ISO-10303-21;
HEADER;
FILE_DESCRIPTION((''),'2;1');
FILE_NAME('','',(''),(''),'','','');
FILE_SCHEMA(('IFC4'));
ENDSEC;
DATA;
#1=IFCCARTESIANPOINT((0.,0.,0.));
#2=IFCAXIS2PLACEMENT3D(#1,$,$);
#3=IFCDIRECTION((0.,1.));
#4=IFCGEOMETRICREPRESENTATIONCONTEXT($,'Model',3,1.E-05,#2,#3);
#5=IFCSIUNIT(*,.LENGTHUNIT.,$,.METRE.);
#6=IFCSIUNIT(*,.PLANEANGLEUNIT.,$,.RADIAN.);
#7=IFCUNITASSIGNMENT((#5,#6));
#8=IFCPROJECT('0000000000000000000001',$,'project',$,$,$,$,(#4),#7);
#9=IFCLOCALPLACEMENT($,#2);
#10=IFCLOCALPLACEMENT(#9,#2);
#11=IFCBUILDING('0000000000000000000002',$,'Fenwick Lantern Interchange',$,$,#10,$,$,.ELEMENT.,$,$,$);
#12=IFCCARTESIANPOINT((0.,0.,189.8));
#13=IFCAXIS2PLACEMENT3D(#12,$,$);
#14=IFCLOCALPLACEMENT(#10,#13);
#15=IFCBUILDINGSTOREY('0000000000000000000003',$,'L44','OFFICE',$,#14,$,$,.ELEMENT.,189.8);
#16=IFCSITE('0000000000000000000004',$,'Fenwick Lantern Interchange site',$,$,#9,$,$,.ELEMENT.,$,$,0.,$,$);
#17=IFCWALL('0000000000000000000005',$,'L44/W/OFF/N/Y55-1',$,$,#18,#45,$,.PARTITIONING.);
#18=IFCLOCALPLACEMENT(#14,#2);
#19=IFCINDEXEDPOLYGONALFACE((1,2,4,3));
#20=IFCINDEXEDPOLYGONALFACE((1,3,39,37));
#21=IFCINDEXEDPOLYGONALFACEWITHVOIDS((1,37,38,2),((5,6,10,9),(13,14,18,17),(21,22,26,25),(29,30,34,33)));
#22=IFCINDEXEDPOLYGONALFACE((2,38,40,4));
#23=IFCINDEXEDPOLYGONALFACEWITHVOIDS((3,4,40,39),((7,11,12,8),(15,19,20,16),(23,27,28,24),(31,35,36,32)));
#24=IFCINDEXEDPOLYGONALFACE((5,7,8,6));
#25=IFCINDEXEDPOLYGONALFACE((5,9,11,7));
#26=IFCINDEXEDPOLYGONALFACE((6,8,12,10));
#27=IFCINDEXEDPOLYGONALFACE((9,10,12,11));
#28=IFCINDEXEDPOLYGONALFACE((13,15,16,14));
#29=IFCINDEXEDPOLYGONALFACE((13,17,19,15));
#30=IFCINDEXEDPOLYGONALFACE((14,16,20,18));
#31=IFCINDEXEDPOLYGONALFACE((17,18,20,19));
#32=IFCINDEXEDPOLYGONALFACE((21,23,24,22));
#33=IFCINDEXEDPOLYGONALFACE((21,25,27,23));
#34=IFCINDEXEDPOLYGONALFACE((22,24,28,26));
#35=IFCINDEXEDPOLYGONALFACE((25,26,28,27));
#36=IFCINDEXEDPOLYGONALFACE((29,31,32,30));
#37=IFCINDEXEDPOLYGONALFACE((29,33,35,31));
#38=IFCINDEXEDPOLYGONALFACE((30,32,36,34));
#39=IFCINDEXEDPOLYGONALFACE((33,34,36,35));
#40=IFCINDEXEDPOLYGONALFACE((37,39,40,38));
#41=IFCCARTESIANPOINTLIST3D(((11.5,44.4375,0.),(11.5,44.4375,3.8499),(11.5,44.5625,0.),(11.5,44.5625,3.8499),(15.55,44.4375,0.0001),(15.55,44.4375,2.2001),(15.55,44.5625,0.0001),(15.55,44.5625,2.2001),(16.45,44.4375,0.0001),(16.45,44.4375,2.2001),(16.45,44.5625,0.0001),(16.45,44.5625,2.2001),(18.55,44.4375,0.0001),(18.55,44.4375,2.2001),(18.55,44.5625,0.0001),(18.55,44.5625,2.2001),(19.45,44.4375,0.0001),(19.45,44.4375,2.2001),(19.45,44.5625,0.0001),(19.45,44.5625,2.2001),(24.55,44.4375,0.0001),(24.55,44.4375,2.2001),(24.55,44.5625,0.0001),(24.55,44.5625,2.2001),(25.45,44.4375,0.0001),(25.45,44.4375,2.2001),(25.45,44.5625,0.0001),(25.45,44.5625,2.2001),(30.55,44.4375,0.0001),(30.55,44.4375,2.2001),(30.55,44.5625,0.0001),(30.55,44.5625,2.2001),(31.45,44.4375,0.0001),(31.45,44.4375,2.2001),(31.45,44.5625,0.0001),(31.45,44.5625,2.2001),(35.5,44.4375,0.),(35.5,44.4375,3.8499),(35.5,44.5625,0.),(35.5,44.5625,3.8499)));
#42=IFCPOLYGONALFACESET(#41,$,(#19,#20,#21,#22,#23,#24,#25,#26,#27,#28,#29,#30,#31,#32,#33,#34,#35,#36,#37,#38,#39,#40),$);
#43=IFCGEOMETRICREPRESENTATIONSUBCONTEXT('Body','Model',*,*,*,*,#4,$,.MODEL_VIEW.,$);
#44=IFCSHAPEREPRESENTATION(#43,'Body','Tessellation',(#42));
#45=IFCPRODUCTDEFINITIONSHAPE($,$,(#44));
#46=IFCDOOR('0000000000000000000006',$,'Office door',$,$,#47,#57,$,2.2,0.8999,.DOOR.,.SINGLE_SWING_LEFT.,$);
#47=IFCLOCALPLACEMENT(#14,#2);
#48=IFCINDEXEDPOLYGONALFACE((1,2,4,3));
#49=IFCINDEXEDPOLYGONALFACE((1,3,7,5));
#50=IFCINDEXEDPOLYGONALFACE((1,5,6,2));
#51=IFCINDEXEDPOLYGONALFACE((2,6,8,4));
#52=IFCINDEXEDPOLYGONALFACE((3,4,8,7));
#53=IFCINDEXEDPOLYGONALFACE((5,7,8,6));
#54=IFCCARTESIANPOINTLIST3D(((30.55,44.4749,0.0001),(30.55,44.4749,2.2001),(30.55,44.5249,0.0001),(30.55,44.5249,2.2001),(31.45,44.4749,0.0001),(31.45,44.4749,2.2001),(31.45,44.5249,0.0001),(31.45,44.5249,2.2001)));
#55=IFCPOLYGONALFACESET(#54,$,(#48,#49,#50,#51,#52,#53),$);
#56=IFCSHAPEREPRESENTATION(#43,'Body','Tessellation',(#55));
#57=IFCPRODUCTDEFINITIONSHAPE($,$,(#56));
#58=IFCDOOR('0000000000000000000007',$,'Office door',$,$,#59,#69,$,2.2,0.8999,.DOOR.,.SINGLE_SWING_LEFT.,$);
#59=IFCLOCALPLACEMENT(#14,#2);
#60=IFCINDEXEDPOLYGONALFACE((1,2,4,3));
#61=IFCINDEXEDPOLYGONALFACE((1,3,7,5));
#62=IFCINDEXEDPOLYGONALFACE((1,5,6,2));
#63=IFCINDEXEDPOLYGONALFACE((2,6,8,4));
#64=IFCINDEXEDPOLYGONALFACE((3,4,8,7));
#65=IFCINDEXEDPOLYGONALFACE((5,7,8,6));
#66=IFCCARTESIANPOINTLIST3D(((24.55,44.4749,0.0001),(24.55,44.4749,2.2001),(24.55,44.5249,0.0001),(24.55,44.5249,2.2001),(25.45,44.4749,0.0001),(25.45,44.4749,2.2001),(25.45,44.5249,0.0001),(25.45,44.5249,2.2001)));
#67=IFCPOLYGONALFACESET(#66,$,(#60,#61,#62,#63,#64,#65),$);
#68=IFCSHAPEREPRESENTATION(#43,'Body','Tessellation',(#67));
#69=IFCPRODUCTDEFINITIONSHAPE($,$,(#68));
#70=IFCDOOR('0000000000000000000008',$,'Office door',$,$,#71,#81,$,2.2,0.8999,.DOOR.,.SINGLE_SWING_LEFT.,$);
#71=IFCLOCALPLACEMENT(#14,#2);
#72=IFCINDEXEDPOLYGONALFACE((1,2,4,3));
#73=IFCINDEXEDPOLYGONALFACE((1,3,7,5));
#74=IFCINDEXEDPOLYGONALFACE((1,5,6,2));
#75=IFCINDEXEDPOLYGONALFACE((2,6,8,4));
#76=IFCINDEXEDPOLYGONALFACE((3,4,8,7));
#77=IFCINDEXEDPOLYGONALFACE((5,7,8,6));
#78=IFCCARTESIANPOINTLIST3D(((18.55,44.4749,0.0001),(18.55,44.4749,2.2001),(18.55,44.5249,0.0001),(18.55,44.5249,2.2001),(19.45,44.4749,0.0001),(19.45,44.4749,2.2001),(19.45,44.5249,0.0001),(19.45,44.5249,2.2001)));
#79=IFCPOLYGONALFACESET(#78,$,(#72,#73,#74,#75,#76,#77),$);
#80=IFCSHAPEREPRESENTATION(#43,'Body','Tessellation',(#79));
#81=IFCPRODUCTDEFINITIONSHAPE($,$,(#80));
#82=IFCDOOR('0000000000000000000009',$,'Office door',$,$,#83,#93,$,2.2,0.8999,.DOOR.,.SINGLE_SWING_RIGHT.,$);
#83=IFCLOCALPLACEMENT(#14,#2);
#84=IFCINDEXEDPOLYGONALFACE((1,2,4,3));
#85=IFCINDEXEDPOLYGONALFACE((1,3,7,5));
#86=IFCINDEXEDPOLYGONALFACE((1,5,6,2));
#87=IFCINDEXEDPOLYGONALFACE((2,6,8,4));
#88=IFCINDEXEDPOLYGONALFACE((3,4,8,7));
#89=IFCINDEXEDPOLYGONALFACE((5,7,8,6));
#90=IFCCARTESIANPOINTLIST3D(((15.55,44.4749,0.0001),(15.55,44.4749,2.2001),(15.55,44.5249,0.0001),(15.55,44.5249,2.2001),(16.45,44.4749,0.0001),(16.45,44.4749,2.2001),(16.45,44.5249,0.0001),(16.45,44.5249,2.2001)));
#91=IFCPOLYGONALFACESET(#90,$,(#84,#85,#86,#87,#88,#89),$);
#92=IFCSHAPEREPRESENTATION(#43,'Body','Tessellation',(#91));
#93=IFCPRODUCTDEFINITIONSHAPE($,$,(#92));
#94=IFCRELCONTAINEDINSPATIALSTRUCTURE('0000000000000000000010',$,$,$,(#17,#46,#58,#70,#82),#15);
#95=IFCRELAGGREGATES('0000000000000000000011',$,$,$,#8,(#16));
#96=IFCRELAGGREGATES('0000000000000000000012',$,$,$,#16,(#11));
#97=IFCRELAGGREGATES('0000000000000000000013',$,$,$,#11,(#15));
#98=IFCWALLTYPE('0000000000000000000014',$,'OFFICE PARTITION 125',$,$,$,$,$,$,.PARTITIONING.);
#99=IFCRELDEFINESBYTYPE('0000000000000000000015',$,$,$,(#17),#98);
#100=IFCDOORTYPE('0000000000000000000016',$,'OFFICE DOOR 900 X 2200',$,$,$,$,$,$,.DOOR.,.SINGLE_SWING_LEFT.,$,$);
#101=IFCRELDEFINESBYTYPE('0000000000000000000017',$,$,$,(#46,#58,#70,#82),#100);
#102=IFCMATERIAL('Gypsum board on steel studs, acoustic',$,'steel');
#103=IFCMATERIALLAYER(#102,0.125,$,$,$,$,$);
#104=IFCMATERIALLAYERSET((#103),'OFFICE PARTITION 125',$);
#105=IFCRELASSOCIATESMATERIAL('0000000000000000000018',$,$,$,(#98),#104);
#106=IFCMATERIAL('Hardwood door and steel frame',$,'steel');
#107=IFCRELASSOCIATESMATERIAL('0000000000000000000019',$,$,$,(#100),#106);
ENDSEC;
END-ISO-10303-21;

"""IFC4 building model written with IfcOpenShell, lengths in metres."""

from ifc_helpers import new_model, si_unit, direction, frame, frame_2d, origin, place, context, subcontext, project, spatial, rectangle, extrude, material, layer, layer_set, type_object, element, fill, save


model = new_model("IFC4")

# Units and contexts
model_context = context("Model", 3, precision=1e-05, world=origin(), true_north=direction((0.0, 1.0)))
body_context = subcontext(model_context, "Body", "Model", "MODEL_VIEW")
ifc_project = project(units=[si_unit("LENGTHUNIT", "METRE"), si_unit("PLANEANGLEUNIT", "RADIAN")], contexts=[model_context])

# Site, building, storey
site_placement = place(None, origin())
site = spatial("IfcSite", under=ifc_project, at=site_placement, Name="Fenwick Lantern Interchange site", CompositionType="ELEMENT", RefElevation=0.0)
building_placement = place(site_placement, origin())
building = spatial("IfcBuilding", under=site, at=building_placement, Name="Fenwick Lantern Interchange", CompositionType="ELEMENT")
storey_placement = place(building_placement, frame((0.0, 0.0, 189.8)))
storey = spatial("IfcBuildingStorey", under=building, at=storey_placement, Name="L44", Description="OFFICE", CompositionType="ELEMENT", Elevation=189.8)

# Shared definitions
ifc_material_1 = material(Name="Gypsum board on steel studs, acoustic", Category="steel")
ifc_layer_1 = layer(ifc_material_1, 0.125)
ifc_layer_set_1 = layer_set([ifc_layer_1], Name="OFFICE PARTITION 125")
wall_type_1 = type_object("IfcWallType", Name="OFFICE PARTITION 125", PredefinedType="PARTITIONING", material=ifc_layer_set_1)
ifc_material_2 = material(Name="Hardwood door and steel frame", Category="steel")
door_type = type_object("IfcDoorType", Name="OFFICE DOOR 900 X 2200", OperationType="SINGLE_SWING_LEFT", PredefinedType="DOOR", material=ifc_material_2)

# Wall, openings, doors
wall_1_placement = place(storey_placement, frame((35.5, 44.5, 0.0), z_axis=(0.0, 0.0, 1.0), x_axis=(-1.0, 0.0, 0.0)))
wall_1 = element("IfcWall", 1, at=wall_1_placement, inside=storey, type_object=wall_type_1, Name="L44/W/OFF/N/Y55-1", PredefinedType="PARTITIONING", context=body_context, shape_type="SweptSolid", body=[
    extrude(rectangle(XDim=24.0, YDim=0.125, at=frame_2d((12.0, 0.0))), origin(), (0.0, 0.0, 1.0), 3.8499),
])
opening_1_placement = place(wall_1_placement, frame((4.05, 0.0, 0.0)))
opening_1 = element("IfcOpeningElement", 2, at=opening_1_placement, cuts=wall_1, PredefinedType="OPENING", context=body_context, shape_type="SweptSolid", body=[
    extrude(rectangle(XDim=0.8999, YDim=2.2, at=frame_2d((0.45, 1.1001))), frame((0.0, 0.0725, 0.0), z_axis=(0.0, -1.0, 0.0), x_axis=(1.0, 0.0, 0.0)), (0.0, 0.0, 1.0), 0.145),
])
opening_2_placement = place(wall_1_placement, frame((10.05, 0.0, 0.0)))
opening_2 = element("IfcOpeningElement", 3, at=opening_2_placement, cuts=wall_1, PredefinedType="OPENING", context=body_context, shape_type="SweptSolid", body=[
    extrude(rectangle(XDim=0.8999, YDim=2.2, at=frame_2d((0.45, 1.1001))), frame((0.0, 0.0725, 0.0), z_axis=(0.0, -1.0, 0.0), x_axis=(1.0, 0.0, 0.0)), (0.0, 0.0, 1.0), 0.145),
])
opening_3_placement = place(wall_1_placement, frame((16.05, 0.0, 0.0)))
opening_3 = element("IfcOpeningElement", 4, at=opening_3_placement, cuts=wall_1, PredefinedType="OPENING", context=body_context, shape_type="SweptSolid", body=[
    extrude(rectangle(XDim=0.8999, YDim=2.2, at=frame_2d((0.45, 1.1001))), frame((0.0, 0.0725, 0.0), z_axis=(0.0, -1.0, 0.0), x_axis=(1.0, 0.0, 0.0)), (0.0, 0.0, 1.0), 0.145),
])
opening_4_placement = place(wall_1_placement, frame((19.05, 0.0, 0.0)))
opening_4 = element("IfcOpeningElement", 5, at=opening_4_placement, cuts=wall_1, PredefinedType="OPENING", context=body_context, shape_type="SweptSolid", body=[
    extrude(rectangle(XDim=0.8999, YDim=2.2, at=frame_2d((0.45, 1.1001))), frame((0.0, 0.0725, 0.0), z_axis=(0.0, -1.0, 0.0), x_axis=(1.0, 0.0, 0.0)), (0.0, 0.0, 1.0), 0.145),
])
door_1_placement = place(opening_1_placement, frame((0.8999, 0.0, 0.0), z_axis=(0.0, 0.0, 1.0), x_axis=(-1.0, 0.0, 0.0)))
door_1 = element("IfcDoor", 6, at=door_1_placement, inside=storey, type_object=door_type, Name="Office door", OperationType="SINGLE_SWING_LEFT", OverallHeight=2.2, OverallWidth=0.8999, PredefinedType="DOOR", context=body_context, shape_type="SweptSolid", body=[
    extrude(rectangle(XDim=0.8999, YDim=2.2, at=frame_2d((0.45, 1.1001))), frame((0.0, 0.0249, 0.0), z_axis=(0.0, -1.0, 0.0), x_axis=(1.0, 0.0, 0.0)), (0.0, 0.0, 1.0), 0.05),
])
fill(opening_1, door_1)
door_2_placement = place(opening_2_placement, frame((0.8999, 0.0, 0.0), z_axis=(0.0, 0.0, 1.0), x_axis=(-1.0, 0.0, 0.0)))
door_2 = element("IfcDoor", 7, at=door_2_placement, inside=storey, type_object=door_type, Name="Office door", OperationType="SINGLE_SWING_LEFT", OverallHeight=2.2, OverallWidth=0.8999, PredefinedType="DOOR", context=body_context, shape_type="SweptSolid", body=[
    extrude(rectangle(XDim=0.8999, YDim=2.2, at=frame_2d((0.45, 1.1001))), frame((0.0, 0.0249, 0.0), z_axis=(0.0, -1.0, 0.0), x_axis=(1.0, 0.0, 0.0)), (0.0, 0.0, 1.0), 0.05),
])
fill(opening_2, door_2)
door_3_placement = place(opening_3_placement, frame((0.8999, 0.0, 0.0), z_axis=(0.0, 0.0, 1.0), x_axis=(-1.0, 0.0, 0.0)))
door_3 = element("IfcDoor", 8, at=door_3_placement, inside=storey, type_object=door_type, Name="Office door", OperationType="SINGLE_SWING_LEFT", OverallHeight=2.2, OverallWidth=0.8999, PredefinedType="DOOR", context=body_context, shape_type="SweptSolid", body=[
    extrude(rectangle(XDim=0.8999, YDim=2.2, at=frame_2d((0.45, 1.1001))), frame((0.0, 0.0249, 0.0), z_axis=(0.0, -1.0, 0.0), x_axis=(1.0, 0.0, 0.0)), (0.0, 0.0, 1.0), 0.05),
])
fill(opening_3, door_3)
door_4_placement = place(opening_4_placement, frame((0.8999, 0.0, 0.0), z_axis=(0.0, 0.0, 1.0), x_axis=(-1.0, 0.0, 0.0)))
door_4 = element("IfcDoor", 9, at=door_4_placement, inside=storey, type_object=door_type, Name="Office door", OperationType="SINGLE_SWING_RIGHT", OverallHeight=2.2, OverallWidth=0.8999, PredefinedType="DOOR", context=body_context, shape_type="SweptSolid", body=[
    extrude(rectangle(XDim=0.8999, YDim=2.2, at=frame_2d((0.45, 1.1001))), frame((0.0, 0.0249, 0.0), z_axis=(0.0, -1.0, 0.0), x_axis=(1.0, 0.0, 0.0)), (0.0, 0.0, 1.0), 0.05),
])
fill(opening_4, door_4)

save(model, "model.ifc")
